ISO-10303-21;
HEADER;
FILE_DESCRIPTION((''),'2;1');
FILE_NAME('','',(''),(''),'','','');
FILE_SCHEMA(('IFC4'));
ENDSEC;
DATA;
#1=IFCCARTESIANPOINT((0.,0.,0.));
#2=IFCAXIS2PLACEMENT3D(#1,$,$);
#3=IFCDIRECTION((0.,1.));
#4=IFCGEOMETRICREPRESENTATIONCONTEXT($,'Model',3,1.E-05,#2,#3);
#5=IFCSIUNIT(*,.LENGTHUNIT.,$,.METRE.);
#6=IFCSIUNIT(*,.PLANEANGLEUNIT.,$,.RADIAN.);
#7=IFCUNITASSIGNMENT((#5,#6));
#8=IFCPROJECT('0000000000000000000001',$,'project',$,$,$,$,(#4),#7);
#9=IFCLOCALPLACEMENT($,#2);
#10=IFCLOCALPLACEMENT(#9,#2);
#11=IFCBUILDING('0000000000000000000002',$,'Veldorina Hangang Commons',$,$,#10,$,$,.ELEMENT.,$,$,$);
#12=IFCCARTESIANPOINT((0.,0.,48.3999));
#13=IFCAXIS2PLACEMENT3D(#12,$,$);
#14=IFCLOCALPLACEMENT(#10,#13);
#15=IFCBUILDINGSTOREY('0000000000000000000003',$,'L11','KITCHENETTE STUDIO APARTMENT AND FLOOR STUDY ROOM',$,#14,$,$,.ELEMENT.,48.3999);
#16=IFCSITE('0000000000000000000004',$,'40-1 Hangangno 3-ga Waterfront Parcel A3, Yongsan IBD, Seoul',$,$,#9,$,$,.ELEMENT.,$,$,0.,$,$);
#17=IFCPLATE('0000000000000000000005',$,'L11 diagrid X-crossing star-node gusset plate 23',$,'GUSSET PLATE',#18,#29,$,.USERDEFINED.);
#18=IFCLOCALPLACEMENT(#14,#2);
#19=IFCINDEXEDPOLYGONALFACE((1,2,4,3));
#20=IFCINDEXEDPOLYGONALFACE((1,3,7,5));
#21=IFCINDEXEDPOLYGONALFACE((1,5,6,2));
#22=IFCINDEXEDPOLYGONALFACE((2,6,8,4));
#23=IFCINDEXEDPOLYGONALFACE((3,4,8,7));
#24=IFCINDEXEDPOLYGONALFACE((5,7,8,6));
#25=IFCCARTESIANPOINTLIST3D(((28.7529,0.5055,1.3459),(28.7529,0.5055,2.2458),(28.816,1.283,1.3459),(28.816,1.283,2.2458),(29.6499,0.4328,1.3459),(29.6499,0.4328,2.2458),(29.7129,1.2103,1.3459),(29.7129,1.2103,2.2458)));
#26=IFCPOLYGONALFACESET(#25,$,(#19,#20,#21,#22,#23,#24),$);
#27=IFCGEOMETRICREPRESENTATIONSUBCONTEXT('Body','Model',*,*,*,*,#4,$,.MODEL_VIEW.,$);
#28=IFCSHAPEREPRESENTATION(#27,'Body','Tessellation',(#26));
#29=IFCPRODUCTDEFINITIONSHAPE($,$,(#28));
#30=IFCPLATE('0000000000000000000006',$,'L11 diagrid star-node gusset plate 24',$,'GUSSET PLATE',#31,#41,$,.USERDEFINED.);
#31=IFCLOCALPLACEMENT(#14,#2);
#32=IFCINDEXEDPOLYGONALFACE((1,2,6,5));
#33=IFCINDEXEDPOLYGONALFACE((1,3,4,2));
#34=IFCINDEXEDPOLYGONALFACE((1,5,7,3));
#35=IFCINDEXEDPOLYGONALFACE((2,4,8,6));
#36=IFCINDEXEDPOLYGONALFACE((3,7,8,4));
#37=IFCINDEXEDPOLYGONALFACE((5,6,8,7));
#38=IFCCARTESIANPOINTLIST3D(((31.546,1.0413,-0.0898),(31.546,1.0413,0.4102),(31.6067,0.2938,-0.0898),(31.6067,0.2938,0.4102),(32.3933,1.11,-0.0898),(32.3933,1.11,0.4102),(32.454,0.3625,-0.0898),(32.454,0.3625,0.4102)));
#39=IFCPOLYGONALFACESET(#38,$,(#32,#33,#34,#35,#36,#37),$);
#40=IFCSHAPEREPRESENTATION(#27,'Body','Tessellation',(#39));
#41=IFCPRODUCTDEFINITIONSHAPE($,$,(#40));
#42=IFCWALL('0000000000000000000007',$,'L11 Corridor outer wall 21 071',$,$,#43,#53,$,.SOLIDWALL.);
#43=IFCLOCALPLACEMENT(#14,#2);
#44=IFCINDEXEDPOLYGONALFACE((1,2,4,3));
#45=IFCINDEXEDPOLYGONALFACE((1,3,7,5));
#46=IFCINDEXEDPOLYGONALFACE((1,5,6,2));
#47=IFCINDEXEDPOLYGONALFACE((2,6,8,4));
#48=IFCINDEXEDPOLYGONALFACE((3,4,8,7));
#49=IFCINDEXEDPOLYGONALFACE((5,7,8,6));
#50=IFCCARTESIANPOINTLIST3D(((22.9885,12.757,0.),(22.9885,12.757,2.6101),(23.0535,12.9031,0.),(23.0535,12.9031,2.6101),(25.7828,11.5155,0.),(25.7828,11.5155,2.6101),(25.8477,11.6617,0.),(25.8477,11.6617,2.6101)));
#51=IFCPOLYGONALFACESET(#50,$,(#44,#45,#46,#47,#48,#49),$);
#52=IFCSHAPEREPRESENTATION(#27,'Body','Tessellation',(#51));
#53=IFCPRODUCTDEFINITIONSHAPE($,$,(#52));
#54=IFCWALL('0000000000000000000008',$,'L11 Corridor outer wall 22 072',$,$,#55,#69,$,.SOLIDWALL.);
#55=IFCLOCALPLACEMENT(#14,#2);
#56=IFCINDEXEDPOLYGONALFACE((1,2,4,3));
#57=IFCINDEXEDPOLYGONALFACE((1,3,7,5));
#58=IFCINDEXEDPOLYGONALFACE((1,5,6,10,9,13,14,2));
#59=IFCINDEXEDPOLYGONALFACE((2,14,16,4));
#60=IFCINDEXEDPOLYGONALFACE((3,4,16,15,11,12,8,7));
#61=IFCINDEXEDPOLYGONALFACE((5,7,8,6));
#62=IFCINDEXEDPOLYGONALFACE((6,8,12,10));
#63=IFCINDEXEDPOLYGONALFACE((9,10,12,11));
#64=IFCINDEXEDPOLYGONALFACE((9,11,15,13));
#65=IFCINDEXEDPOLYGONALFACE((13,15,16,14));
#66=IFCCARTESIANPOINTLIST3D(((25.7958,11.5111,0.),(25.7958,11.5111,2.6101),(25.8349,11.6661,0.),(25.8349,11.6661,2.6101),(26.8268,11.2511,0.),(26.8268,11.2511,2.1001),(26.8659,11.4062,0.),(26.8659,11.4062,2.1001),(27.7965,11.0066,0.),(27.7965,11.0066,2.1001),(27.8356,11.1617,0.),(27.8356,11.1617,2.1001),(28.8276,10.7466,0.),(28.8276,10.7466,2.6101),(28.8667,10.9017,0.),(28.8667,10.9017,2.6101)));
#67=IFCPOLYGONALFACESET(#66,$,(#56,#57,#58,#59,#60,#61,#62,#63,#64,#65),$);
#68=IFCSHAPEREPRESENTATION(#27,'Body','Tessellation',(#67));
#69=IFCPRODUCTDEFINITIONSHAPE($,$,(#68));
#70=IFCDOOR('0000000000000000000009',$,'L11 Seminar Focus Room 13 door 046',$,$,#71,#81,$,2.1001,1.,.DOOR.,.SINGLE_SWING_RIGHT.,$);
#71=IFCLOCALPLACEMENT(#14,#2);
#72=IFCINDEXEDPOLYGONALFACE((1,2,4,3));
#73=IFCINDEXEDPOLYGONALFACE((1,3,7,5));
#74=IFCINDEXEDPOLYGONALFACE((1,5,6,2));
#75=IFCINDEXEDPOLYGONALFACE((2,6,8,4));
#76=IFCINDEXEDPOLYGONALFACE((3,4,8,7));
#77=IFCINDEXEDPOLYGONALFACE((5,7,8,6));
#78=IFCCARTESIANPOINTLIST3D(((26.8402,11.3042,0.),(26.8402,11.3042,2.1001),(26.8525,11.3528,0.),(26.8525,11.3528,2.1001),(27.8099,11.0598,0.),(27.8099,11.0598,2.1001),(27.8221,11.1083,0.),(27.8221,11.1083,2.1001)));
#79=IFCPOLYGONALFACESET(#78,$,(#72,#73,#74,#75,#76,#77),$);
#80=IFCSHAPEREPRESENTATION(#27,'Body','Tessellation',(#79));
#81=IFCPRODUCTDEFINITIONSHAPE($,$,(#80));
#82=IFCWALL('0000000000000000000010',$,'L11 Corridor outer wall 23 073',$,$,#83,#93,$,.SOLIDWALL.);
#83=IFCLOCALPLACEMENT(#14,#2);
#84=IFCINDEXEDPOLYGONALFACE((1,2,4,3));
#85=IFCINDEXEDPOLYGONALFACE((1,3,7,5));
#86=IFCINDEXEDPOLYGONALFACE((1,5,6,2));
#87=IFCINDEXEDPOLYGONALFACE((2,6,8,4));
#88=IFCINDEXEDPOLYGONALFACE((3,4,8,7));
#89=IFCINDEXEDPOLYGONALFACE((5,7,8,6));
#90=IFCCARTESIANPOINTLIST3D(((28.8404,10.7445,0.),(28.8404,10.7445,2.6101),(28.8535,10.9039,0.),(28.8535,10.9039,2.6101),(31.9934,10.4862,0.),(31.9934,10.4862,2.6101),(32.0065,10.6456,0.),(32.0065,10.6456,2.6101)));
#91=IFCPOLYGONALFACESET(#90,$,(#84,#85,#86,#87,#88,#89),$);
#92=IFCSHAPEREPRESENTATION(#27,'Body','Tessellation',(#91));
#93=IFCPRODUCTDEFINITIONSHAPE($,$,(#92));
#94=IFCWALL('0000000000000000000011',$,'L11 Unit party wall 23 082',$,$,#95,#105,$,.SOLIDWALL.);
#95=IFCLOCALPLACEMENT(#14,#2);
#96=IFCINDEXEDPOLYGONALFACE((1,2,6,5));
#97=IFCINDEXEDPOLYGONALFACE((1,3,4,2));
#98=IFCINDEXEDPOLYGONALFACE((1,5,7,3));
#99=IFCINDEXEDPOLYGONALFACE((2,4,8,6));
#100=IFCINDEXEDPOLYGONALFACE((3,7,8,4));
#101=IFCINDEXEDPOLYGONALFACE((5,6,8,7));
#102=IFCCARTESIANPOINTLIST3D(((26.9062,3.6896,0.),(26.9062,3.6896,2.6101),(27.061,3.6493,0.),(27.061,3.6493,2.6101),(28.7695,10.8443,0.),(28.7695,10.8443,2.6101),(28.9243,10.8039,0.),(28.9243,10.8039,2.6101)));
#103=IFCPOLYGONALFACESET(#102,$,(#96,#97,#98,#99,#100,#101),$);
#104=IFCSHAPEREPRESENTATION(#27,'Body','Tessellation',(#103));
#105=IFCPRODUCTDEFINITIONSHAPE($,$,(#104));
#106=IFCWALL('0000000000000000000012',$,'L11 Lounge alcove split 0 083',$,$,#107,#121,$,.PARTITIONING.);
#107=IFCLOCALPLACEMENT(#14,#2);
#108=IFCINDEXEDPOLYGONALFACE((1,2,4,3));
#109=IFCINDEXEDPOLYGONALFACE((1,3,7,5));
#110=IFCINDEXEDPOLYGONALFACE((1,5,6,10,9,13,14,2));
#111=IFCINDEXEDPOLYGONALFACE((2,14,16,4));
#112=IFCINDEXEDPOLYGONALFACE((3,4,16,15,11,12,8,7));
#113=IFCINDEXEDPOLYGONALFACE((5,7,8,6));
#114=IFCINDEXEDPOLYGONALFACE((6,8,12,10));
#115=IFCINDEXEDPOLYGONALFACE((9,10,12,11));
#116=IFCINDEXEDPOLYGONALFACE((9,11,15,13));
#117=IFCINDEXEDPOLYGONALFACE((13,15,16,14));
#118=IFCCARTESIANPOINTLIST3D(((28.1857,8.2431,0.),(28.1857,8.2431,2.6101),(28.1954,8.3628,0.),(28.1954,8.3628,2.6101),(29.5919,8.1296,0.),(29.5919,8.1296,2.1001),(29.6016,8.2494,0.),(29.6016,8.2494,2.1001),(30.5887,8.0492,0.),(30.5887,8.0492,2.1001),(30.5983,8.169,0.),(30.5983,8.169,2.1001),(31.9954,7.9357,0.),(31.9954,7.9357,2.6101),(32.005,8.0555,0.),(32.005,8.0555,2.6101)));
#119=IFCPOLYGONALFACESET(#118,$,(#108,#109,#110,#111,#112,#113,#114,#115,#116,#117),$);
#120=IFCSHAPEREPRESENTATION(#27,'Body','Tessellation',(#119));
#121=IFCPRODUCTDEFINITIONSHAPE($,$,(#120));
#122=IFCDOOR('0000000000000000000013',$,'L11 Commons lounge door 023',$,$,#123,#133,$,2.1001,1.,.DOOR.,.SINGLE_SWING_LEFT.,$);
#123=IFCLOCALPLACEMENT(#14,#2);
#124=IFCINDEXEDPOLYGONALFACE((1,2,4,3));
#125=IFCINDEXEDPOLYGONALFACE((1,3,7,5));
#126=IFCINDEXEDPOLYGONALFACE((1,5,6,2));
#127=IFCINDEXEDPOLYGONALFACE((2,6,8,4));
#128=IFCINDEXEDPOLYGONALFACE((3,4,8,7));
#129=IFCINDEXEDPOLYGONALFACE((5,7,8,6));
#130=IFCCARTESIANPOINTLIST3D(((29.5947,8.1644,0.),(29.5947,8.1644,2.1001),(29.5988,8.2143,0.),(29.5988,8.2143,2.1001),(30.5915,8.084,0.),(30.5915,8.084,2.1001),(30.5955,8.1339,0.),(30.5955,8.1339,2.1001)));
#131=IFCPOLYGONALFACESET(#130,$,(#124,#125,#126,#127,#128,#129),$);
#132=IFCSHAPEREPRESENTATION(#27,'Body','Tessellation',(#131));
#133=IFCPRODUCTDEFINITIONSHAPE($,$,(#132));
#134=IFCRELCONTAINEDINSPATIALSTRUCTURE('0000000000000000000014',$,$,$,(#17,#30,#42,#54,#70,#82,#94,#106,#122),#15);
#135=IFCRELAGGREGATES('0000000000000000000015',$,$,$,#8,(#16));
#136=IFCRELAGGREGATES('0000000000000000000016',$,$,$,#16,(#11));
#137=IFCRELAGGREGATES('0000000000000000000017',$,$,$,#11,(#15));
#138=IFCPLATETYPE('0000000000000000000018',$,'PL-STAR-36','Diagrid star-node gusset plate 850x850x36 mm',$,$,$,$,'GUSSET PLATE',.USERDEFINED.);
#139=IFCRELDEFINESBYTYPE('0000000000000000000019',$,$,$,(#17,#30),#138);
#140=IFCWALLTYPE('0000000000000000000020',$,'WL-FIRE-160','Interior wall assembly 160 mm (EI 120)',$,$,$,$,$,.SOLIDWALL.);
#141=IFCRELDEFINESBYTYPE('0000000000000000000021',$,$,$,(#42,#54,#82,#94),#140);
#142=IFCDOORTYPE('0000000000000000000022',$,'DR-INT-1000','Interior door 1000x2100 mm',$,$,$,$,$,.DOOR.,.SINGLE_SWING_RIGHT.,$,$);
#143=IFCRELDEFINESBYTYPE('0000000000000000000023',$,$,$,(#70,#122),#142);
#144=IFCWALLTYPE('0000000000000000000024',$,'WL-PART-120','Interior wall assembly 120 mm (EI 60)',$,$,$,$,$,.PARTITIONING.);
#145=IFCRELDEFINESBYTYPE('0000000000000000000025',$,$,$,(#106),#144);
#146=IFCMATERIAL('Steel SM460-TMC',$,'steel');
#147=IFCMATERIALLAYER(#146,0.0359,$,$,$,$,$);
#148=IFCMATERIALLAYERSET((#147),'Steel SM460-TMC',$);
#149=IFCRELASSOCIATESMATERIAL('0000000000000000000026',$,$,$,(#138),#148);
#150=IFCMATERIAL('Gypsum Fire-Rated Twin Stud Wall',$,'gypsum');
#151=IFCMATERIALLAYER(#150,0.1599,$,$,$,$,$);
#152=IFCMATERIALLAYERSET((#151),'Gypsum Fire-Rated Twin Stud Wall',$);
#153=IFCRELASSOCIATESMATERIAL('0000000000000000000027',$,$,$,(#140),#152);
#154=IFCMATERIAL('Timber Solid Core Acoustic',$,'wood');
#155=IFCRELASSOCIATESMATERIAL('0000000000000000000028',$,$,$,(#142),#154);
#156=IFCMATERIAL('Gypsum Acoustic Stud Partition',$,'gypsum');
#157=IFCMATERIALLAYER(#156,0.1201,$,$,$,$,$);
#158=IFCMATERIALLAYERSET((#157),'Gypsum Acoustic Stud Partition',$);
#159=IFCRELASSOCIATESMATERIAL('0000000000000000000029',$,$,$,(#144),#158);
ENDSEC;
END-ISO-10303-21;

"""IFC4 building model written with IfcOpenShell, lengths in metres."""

from ifc_helpers import new_model, si_unit, direction, frame, frame_2d, origin, origin_2d, place, context, subcontext, project, spatial, rectangle, extrude, material, layer, layer_set, type_object, element, fill, save


model = new_model("IFC4")

# Units and contexts
model_context = context("Model", 3, precision=1e-05, world=origin(), true_north=direction((0.0, 1.0)))
body_context = subcontext(model_context, "Body", "Model", "MODEL_VIEW")
ifc_project = project(units=[si_unit("LENGTHUNIT", "METRE"), si_unit("PLANEANGLEUNIT", "RADIAN")], contexts=[model_context])

# Site, building, storey
site_placement = place(None, origin())
site = spatial("IfcSite", under=ifc_project, at=site_placement, Name="40-1 Hangangno 3-ga Waterfront Parcel A3, Yongsan IBD, Seoul", CompositionType="ELEMENT", RefElevation=0.0)
building_placement = place(site_placement, origin())
building = spatial("IfcBuilding", under=site, at=building_placement, Name="Veldorina Hangang Commons", CompositionType="ELEMENT")
storey_placement = place(building_placement, frame((0.0, 0.0, 48.3999)))
storey = spatial("IfcBuildingStorey", under=building, at=storey_placement, Name="L11", Description="KITCHENETTE STUDIO APARTMENT AND FLOOR STUDY ROOM", CompositionType="ELEMENT", Elevation=48.3999)

# Shared definitions
ifc_material_1 = material(Name="Steel SM460-TMC", Category="steel")

# Plates
ifc_layer_1 = layer(ifc_material_1, 0.0359)
ifc_layer_set_1 = layer_set([ifc_layer_1], Name="Steel SM460-TMC")
plate_type_1 = type_object("IfcPlateType", Name="PL-STAR-36", Description="Diagrid star-node gusset plate 850x850x36 mm", ElementType="GUSSET PLATE", PredefinedType="USERDEFINED", material=ifc_layer_set_1)
plate_1_placement = place(storey_placement, frame((29.2329, 0.8579, 1.3459), z_axis=(0.0, 0.0, 1.0), x_axis=(0.996728, -0.080825, 0.0)))
element("IfcPlate", 1, at=plate_1_placement, inside=storey, type_object=plate_type_1, Name="L11 diagrid X-crossing star-node gusset plate 23", ObjectType="GUSSET PLATE", PredefinedType="USERDEFINED", context=body_context, shape_type="SweptSolid", body=[
    extrude(rectangle(XDim=0.8999, YDim=0.78, at=origin_2d()), origin(), (0.0, 0.0, 1.0), 0.8999),
])
plate_2_placement = place(storey_placement, frame((32.0, 0.7019, -0.0898), z_axis=(0.0, 0.0, 1.0), x_axis=(0.996728, 0.080825, 0.0)))
element("IfcPlate", 2, at=plate_2_placement, inside=storey, type_object=plate_type_1, Name="L11 diagrid star-node gusset plate 24", ObjectType="GUSSET PLATE", PredefinedType="USERDEFINED", context=body_context, shape_type="SweptSolid", body=[
    extrude(rectangle(XDim=0.8501, YDim=0.75, at=origin_2d()), origin(), (0.0, 0.0, 1.0), 0.5),
])

# Wall
ifc_material_2 = material(Name="Gypsum Fire-Rated Twin Stud Wall", Category="gypsum")
ifc_layer_2 = layer(ifc_material_2, 0.1599)
ifc_layer_set_2 = layer_set([ifc_layer_2], Name="Gypsum Fire-Rated Twin Stud Wall")
wall_type_1 = type_object("IfcWallType", Name="WL-FIRE-160", Description="Interior wall assembly 160 mm (EI 120)", PredefinedType="SOLIDWALL", material=ifc_layer_set_2)
wall_1_placement = place(storey_placement, frame((23.021, 12.8301, 0.0), z_axis=(0.0, 0.0, 1.0), x_axis=(0.913861, -0.406027, 0.0)))
element("IfcWall", 3, at=wall_1_placement, inside=storey, type_object=wall_type_1, Name="L11 Corridor outer wall 21 071", PredefinedType="SOLIDWALL", context=body_context, shape_type="SweptSolid", body=[
    extrude(rectangle(XDim=3.0576, YDim=0.1599, at=frame_2d((1.5288, 0.0))), origin(), (0.0, 0.0, 1.0), 2.6101),
])

# Wall, opening, door
wall_2_placement = place(storey_placement, frame((25.8152, 11.5886, 0.0), z_axis=(0.0, 0.0, 1.0), x_axis=(0.969654, -0.244483, 0.0)))
wall_2 = element("IfcWall", 4, at=wall_2_placement, inside=storey, type_object=wall_type_1, Name="L11 Corridor outer wall 22 072", PredefinedType="SOLIDWALL", context=body_context, shape_type="SweptSolid", body=[
    extrude(rectangle(XDim=3.1267, YDim=0.1599, at=frame_2d((1.5635, 0.0))), origin(), (0.0, 0.0, 1.0), 2.6101),
])
opening_1_placement = place(wall_2_placement, frame((1.0635, 0.0, 0.0)))
opening_1 = element("IfcOpeningElement", 5, at=opening_1_placement, cuts=wall_2, PredefinedType="OPENING", context=body_context, shape_type="SweptSolid", body=[
    extrude(rectangle(XDim=1.0, YDim=2.1001, at=frame_2d((0.5, 1.05))), frame((0.0, 0.0898, 0.0), z_axis=(0.0, -1.0, 0.0), x_axis=(1.0, 0.0, 0.0)), (0.0, 0.0, 1.0), 0.1799),
])
ifc_material_3 = material(Name="Timber Solid Core Acoustic", Category="wood")
door_type = type_object("IfcDoorType", Name="DR-INT-1000", Description="Interior door 1000x2100 mm", OperationType="SINGLE_SWING_RIGHT", PredefinedType="DOOR", material=ifc_material_3)
door_1_placement = place(opening_1_placement, origin())
door_1 = element("IfcDoor", 6, at=door_1_placement, inside=storey, type_object=door_type, Name="L11 Seminar Focus Room 13 door 046", OperationType="SINGLE_SWING_RIGHT", OverallHeight=2.1001, OverallWidth=1.0, PredefinedType="DOOR", context=body_context, shape_type="SweptSolid", body=[
    extrude(rectangle(XDim=1.0, YDim=2.1001, at=frame_2d((0.5, 1.05))), frame((0.0, 0.0249, 0.0), z_axis=(0.0, -1.0, 0.0), x_axis=(1.0, 0.0, 0.0)), (0.0, 0.0, 1.0), 0.05),
])
fill(opening_1, door_1)

# Walls
wall_3_placement = place(storey_placement, frame((28.8469, 10.8242, 0.0), z_axis=(0.0, 0.0, 1.0), x_axis=(0.996661, -0.081647, 0.0)))
element("IfcWall", 7, at=wall_3_placement, inside=storey, type_object=wall_type_1, Name="L11 Corridor outer wall 23 073", PredefinedType="SOLIDWALL", context=body_context, shape_type="SweptSolid", body=[
    extrude(rectangle(XDim=3.1636, YDim=0.1599, at=frame_2d((1.5818, 0.0))), origin(), (0.0, 0.0, 1.0), 2.6101),
])
wall_4_placement = place(storey_placement, frame((28.8469, 10.8242, 0.0), z_axis=(0.0, 0.0, 1.0), x_axis=(-0.252027, -0.96772, 0.0)))
element("IfcWall", 8, at=wall_4_placement, inside=storey, type_object=wall_type_1, Name="L11 Unit party wall 23 082", PredefinedType="SOLIDWALL", context=body_context, shape_type="SweptSolid", body=[
    extrude(rectangle(XDim=7.3933, YDim=0.1599, at=frame_2d((3.6968, 0.0))), origin(), (0.0, 0.0, 1.0), 2.6101),
])

# Wall, opening, door
ifc_material_4 = material(Name="Gypsum Acoustic Stud Partition", Category="gypsum")
ifc_layer_3 = layer(ifc_material_4, 0.1201)
ifc_layer_set_3 = layer_set([ifc_layer_3], Name="Gypsum Acoustic Stud Partition")
wall_type_2 = type_object("IfcWallType", Name="WL-PART-120", Description="Interior wall assembly 120 mm (EI 60)", PredefinedType="PARTITIONING", material=ifc_layer_set_3)
wall_5_placement = place(storey_placement, frame((28.1904, 8.303, 0.0), z_axis=(0.0, 0.0, 1.0), x_axis=(0.996761, -0.080423, 0.0)))
wall_5 = element("IfcWall", 9, at=wall_5_placement, inside=storey, type_object=wall_type_2, Name="L11 Lounge alcove split 0 083", PredefinedType="PARTITIONING", context=body_context, shape_type="SweptSolid", body=[
    extrude(rectangle(XDim=3.822, YDim=0.1201, at=frame_2d((1.9111, 0.0))), origin(), (0.0, 0.0, 1.0), 2.6101),
])
opening_2_placement = place(wall_5_placement, frame((1.4109, 0.0, 0.0)))
opening_2 = element("IfcOpeningElement", 10, at=opening_2_placement, cuts=wall_5, PredefinedType="OPENING", context=body_context, shape_type="SweptSolid", body=[
    extrude(rectangle(XDim=1.0, YDim=2.1001, at=frame_2d((0.5, 1.05))), frame((0.0, 0.0701, 0.0), z_axis=(0.0, -1.0, 0.0), x_axis=(1.0, 0.0, 0.0)), (0.0, 0.0, 1.0), 0.1401),
])
door_2_placement = place(opening_2_placement, origin())
door_2 = element("IfcDoor", 11, at=door_2_placement, inside=storey, type_object=door_type, Name="L11 Commons lounge door 023", OperationType="SINGLE_SWING_LEFT", OverallHeight=2.1001, OverallWidth=1.0, PredefinedType="DOOR", context=body_context, shape_type="SweptSolid", body=[
    extrude(rectangle(XDim=1.0, YDim=2.1001, at=frame_2d((0.5, 1.05))), frame((0.0, 0.0249, 0.0), z_axis=(0.0, -1.0, 0.0), x_axis=(1.0, 0.0, 0.0)), (0.0, 0.0, 1.0), 0.05),
])
fill(opening_2, door_2)

save(model, "model.ifc")
